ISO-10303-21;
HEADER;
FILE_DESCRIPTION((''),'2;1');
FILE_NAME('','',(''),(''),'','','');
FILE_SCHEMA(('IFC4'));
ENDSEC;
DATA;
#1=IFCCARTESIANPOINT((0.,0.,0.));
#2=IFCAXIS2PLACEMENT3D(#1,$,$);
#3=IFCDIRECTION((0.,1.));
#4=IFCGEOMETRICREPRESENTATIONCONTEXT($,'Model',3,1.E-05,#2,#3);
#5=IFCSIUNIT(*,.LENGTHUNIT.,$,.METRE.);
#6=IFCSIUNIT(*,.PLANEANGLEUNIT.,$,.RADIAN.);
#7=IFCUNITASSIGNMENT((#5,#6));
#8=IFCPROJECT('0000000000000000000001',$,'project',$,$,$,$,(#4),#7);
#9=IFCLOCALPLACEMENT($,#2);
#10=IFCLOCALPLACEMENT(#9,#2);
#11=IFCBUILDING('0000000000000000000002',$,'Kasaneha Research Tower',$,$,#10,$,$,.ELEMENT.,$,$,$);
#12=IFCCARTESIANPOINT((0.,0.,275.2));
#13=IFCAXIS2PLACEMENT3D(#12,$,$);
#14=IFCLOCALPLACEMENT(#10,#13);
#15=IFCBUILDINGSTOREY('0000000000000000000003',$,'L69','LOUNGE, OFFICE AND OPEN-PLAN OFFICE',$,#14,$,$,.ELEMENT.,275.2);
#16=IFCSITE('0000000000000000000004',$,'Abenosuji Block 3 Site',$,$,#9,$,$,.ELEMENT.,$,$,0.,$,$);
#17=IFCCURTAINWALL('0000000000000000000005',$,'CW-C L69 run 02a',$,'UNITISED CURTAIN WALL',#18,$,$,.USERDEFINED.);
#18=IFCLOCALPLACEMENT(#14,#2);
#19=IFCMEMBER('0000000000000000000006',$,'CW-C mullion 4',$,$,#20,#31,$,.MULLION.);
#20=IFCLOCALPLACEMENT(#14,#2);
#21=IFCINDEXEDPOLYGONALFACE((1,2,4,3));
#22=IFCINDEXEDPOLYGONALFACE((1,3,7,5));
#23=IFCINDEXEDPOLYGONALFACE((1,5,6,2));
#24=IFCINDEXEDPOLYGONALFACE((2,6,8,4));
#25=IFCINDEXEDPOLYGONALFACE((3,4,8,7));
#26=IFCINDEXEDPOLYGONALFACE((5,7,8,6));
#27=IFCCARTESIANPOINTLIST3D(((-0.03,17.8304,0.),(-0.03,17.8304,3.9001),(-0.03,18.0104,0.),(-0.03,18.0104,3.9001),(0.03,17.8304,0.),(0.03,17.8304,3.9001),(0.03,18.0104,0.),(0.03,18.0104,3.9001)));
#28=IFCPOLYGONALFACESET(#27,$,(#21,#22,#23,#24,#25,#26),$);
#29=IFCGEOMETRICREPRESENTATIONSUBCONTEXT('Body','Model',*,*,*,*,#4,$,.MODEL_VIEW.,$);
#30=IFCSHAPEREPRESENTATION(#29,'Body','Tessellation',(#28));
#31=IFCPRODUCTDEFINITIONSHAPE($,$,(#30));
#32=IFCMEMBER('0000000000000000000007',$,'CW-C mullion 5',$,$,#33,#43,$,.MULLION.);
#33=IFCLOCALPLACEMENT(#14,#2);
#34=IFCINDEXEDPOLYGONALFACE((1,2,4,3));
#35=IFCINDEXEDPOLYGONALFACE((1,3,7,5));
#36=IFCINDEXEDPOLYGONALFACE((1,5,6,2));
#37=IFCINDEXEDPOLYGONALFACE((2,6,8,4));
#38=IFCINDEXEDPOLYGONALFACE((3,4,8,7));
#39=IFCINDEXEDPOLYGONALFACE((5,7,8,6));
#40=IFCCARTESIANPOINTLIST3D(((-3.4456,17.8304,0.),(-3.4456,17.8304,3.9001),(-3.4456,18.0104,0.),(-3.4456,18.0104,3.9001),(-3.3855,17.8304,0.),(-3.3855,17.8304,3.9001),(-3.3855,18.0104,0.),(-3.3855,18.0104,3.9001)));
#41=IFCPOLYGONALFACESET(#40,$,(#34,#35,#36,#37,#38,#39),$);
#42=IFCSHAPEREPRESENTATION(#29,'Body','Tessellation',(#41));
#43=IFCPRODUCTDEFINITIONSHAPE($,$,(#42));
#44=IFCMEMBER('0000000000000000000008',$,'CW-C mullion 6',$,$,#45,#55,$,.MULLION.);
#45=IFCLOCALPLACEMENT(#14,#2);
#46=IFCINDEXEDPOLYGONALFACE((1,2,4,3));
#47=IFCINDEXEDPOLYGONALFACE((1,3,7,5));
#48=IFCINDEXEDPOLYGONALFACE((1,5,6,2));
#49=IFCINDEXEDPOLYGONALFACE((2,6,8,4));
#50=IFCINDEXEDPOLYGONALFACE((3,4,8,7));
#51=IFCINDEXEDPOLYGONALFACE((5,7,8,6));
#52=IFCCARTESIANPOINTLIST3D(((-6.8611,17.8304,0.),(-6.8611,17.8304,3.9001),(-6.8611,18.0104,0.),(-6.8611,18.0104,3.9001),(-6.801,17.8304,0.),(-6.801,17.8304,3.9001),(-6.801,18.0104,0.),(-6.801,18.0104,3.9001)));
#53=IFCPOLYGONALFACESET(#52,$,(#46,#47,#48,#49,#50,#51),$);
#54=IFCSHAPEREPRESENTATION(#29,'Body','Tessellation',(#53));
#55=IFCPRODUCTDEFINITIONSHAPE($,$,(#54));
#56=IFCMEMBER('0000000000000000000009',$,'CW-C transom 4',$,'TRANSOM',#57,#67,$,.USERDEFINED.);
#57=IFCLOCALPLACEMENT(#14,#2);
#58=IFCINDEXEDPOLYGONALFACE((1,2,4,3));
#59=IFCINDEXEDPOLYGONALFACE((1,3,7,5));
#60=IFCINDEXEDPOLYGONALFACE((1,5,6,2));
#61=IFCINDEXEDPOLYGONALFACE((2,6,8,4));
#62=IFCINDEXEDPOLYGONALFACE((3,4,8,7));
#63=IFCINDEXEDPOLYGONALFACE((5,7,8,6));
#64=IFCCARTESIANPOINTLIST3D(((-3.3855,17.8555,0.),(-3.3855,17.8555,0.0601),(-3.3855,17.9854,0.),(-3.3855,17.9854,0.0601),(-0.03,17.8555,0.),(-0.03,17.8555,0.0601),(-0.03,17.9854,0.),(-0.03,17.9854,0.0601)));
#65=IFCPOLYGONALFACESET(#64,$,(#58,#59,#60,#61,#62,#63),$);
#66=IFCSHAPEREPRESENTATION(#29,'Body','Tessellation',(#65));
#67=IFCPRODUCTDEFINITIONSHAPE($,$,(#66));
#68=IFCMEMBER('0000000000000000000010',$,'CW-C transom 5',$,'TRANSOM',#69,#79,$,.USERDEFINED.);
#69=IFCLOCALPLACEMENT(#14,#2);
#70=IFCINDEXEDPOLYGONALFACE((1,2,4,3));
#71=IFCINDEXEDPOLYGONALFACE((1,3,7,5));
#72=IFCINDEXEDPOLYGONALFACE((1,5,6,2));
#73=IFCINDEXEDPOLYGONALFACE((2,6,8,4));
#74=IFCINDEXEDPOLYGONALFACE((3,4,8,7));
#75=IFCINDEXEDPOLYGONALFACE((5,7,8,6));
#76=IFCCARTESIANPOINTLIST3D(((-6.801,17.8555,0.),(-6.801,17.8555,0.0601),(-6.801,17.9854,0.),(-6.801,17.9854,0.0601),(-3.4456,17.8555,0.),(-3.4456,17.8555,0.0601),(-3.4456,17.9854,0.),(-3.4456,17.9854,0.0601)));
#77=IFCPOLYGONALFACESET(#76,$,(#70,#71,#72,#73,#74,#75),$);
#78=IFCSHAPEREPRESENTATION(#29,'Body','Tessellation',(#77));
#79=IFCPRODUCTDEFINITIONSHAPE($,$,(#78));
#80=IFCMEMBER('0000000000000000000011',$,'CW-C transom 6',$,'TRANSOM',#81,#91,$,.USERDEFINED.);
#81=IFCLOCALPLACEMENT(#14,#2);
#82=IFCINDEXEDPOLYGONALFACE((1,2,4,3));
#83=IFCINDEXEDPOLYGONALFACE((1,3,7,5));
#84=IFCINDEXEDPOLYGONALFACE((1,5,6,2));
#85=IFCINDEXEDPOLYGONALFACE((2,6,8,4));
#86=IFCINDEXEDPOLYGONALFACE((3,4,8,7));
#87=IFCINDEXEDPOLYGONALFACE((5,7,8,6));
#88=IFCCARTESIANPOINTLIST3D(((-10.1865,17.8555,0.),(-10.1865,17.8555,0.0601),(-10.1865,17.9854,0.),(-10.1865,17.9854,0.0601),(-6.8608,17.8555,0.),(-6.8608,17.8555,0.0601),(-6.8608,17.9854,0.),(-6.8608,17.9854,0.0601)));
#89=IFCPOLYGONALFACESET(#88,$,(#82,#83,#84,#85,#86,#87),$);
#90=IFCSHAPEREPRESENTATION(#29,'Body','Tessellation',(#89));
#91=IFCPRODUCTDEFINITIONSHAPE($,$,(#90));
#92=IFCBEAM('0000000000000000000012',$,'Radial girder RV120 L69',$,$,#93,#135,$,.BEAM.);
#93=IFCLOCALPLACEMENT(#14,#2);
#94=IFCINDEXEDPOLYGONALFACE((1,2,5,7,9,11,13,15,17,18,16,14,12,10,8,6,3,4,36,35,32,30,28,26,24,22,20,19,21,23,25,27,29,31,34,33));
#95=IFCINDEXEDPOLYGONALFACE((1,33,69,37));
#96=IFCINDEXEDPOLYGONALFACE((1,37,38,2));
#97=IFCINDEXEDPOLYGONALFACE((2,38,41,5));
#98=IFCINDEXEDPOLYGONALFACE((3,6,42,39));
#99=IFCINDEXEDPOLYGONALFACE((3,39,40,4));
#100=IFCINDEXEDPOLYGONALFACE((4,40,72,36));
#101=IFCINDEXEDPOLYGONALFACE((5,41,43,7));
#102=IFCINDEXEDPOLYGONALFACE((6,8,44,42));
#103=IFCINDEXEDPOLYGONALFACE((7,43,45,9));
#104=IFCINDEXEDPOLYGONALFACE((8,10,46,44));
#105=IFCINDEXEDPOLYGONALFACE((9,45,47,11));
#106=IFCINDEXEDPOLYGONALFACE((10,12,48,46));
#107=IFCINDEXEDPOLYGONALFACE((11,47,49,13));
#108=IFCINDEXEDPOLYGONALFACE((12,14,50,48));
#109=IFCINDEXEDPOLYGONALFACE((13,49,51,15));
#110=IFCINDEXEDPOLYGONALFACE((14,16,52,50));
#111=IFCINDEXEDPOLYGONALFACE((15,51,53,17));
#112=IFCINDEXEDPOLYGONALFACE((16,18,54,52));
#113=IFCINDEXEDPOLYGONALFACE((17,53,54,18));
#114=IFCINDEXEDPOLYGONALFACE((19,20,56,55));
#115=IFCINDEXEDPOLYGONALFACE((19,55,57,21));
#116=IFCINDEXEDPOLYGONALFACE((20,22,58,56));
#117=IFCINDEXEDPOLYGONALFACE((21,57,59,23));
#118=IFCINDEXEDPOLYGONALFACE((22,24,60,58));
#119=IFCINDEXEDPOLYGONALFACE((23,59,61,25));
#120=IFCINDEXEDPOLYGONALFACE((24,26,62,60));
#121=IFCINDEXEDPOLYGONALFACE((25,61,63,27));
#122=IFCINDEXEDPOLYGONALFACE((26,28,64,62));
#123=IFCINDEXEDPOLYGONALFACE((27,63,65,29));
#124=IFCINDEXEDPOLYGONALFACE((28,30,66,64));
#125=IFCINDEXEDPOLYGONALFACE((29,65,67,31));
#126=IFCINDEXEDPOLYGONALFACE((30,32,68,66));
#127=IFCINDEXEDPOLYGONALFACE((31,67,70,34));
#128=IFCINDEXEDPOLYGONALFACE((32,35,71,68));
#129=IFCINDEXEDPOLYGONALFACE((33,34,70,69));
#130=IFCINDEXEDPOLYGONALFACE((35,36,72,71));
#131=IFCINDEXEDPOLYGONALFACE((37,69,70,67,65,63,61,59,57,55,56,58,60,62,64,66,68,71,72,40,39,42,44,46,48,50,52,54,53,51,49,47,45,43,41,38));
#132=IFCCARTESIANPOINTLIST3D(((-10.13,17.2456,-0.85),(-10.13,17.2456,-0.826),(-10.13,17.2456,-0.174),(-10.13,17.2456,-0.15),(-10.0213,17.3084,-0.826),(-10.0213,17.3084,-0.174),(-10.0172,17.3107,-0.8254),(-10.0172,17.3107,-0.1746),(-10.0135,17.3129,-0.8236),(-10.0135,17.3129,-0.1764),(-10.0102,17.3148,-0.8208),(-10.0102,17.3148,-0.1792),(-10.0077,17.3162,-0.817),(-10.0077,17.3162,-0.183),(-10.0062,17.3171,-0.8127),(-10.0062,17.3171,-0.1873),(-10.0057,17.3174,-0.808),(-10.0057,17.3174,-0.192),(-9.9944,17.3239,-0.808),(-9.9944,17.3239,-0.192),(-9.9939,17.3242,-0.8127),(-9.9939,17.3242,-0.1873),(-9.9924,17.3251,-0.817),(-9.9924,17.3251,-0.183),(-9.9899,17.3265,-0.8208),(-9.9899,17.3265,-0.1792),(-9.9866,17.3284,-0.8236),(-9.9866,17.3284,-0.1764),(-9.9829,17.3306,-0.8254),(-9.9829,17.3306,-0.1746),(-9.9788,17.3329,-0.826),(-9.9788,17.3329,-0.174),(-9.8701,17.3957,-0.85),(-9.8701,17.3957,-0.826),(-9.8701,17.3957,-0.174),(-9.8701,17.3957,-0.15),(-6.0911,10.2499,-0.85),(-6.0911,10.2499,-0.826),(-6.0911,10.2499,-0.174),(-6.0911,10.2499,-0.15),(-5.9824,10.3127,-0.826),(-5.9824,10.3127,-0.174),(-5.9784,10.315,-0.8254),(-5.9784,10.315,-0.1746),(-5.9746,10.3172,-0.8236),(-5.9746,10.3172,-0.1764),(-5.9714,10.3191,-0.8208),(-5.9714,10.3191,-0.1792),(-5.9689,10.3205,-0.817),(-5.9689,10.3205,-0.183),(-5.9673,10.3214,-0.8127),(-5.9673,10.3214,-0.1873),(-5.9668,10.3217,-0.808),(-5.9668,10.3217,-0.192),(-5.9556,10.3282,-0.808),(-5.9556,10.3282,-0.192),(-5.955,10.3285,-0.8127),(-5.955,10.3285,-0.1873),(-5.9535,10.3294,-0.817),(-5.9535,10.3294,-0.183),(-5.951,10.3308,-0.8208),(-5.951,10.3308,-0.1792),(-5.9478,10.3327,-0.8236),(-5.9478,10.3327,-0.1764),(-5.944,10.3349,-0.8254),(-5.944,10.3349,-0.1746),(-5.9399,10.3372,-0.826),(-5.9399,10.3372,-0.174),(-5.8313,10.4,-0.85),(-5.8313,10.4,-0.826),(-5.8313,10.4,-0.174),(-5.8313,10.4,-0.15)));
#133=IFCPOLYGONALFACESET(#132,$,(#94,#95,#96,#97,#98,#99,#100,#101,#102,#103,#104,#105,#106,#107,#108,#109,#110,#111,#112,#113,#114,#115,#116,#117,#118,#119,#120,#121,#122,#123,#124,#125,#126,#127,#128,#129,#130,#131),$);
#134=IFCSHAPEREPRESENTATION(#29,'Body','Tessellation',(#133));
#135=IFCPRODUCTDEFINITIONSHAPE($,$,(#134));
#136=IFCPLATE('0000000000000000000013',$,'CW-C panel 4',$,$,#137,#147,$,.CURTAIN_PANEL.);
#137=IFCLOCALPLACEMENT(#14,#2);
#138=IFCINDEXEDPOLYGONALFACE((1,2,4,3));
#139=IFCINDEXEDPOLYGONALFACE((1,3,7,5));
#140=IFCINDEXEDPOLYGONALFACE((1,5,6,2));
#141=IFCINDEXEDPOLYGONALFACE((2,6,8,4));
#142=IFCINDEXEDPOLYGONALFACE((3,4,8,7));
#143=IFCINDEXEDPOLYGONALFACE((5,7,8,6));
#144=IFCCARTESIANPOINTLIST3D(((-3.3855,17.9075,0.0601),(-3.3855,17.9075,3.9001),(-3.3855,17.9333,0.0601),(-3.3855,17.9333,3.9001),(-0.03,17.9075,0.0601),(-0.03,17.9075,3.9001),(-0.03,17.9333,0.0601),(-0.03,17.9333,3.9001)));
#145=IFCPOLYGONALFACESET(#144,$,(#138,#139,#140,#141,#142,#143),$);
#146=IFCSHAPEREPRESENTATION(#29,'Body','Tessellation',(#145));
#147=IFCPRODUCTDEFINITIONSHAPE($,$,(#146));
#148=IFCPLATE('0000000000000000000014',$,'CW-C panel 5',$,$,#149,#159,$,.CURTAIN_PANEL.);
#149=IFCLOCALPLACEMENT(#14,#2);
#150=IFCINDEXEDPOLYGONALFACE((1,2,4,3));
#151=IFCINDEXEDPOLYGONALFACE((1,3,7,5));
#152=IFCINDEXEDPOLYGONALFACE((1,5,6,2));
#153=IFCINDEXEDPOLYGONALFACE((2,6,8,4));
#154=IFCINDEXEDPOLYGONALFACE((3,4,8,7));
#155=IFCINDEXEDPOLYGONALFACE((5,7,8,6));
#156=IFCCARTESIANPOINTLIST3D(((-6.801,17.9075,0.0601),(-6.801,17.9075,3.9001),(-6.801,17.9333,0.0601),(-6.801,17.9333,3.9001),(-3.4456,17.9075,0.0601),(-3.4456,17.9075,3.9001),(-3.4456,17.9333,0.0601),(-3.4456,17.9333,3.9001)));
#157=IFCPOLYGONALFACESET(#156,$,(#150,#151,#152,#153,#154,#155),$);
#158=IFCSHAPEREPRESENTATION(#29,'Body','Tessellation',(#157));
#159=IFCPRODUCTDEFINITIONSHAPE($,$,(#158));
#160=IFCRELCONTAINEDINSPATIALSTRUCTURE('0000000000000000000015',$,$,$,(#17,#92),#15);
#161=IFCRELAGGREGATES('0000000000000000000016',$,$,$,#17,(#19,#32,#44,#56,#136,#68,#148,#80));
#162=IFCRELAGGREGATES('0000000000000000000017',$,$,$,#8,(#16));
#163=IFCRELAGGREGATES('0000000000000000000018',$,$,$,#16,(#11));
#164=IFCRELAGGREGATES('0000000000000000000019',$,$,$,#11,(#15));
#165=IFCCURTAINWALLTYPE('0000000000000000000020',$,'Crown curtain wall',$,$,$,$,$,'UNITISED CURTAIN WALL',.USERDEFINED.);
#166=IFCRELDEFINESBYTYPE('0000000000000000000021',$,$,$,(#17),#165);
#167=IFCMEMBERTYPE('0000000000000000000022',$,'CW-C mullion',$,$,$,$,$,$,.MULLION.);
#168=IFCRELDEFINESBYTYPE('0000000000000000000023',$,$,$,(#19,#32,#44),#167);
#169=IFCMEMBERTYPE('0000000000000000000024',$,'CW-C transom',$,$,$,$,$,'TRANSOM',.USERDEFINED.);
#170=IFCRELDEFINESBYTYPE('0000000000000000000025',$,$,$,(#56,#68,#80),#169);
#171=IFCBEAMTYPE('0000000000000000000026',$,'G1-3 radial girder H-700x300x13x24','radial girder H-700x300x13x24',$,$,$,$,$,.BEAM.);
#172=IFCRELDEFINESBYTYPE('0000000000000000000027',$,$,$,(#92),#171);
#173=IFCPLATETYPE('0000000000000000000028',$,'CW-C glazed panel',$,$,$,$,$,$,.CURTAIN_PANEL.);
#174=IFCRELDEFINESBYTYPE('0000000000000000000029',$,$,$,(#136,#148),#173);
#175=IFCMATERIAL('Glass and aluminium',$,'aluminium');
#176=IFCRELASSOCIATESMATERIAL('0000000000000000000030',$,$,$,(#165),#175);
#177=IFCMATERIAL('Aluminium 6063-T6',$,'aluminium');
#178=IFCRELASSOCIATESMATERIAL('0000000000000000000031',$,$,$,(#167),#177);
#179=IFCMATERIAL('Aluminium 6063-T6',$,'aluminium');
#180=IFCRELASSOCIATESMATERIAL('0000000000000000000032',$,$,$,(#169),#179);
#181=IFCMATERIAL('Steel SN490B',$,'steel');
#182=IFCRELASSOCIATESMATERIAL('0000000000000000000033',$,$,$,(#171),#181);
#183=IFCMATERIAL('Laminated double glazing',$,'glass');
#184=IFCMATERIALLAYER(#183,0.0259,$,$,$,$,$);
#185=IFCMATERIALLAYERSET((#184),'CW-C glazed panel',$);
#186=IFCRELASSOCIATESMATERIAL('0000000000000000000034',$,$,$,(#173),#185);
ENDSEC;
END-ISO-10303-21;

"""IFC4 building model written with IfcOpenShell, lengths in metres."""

from ifc_helpers import new_model, si_unit, direction, frame, origin, origin_2d, place, context, subcontext, project, spatial, rectangle, i_section, extrude, material, layer, layer_set, material_profile, profile_set, type_object, element, aggregate, save


model = new_model("IFC4")

# Units and contexts
model_context = context("Model", 3, precision=1e-05, world=origin(), true_north=direction((0.0, 1.0)))
body_context = subcontext(model_context, "Body", "Model", "MODEL_VIEW")
ifc_project = project(units=[si_unit("LENGTHUNIT", "METRE"), si_unit("PLANEANGLEUNIT", "RADIAN")], contexts=[model_context])

# Site, building, storey
site_placement = place(None, origin())
site = spatial("IfcSite", under=ifc_project, at=site_placement, Name="Abenosuji Block 3 Site", CompositionType="ELEMENT", RefElevation=0.0)
building_placement = place(site_placement, origin())
building = spatial("IfcBuilding", under=site, at=building_placement, Name="Kasaneha Research Tower", CompositionType="ELEMENT")
storey_placement = place(building_placement, frame((0.0, 0.0, 275.2)))
storey = spatial("IfcBuildingStorey", under=building, at=storey_placement, Name="L69", Description="LOUNGE, OFFICE AND OPEN-PLAN OFFICE", CompositionType="ELEMENT", Elevation=275.2)

# Curtain wall, members
ifc_material_1 = material(Name="Glass and aluminium", Category="aluminium")
curtain_wall_type = type_object("IfcCurtainWallType", Name="Crown curtain wall", ElementType="UNITISED CURTAIN WALL", PredefinedType="USERDEFINED", material=ifc_material_1)
curtain_wall_placement = place(storey_placement, origin())
curtain_wall = element("IfcCurtainWall", 1, at=curtain_wall_placement, inside=storey, type_object=curtain_wall_type, Name="CW-C L69 run 02a", ObjectType="UNITISED CURTAIN WALL", PredefinedType="USERDEFINED")
ifc_material_2 = material(Name="Aluminium 6063-T6", Category="aluminium")
ifc_material_profile_1 = material_profile(ifc_material_2, rectangle(XDim=0.0601, YDim=0.1799, at=origin_2d()), Name="CW-C mullion 60x180")
ifc_profile_set_1 = profile_set([ifc_material_profile_1], Name="Aluminium 6063-T6")
member_type_1 = type_object("IfcMemberType", Name="CW-C mullion", PredefinedType="MULLION", material=ifc_profile_set_1)
member_1_placement = place(storey_placement, frame((0.0, 17.9204, 0.0), z_axis=(0.0, 0.0, 1.0), x_axis=(-1.0, 0.0, 0.0)))
member_1 = element("IfcMember", 2, at=member_1_placement, type_object=member_type_1, Name="CW-C mullion 4", PredefinedType="MULLION", context=body_context, shape_type="SweptSolid", body=[
    extrude(rectangle(XDim=0.0601, YDim=0.1799, at=origin_2d()), origin(), (0.0, 0.0, 1.0), 3.9001),
])
member_2_placement = place(storey_placement, frame((-3.4155, 17.9204, 0.0), z_axis=(0.0, 0.0, 1.0), x_axis=(-1.0, 0.0, 0.0)))
member_2 = element("IfcMember", 3, at=member_2_placement, type_object=member_type_1, Name="CW-C mullion 5", PredefinedType="MULLION", context=body_context, shape_type="SweptSolid", body=[
    extrude(rectangle(XDim=0.0601, YDim=0.1799, at=origin_2d()), origin(), (0.0, 0.0, 1.0), 3.9001),
])
member_3_placement = place(storey_placement, frame((-6.8311, 17.9204, 0.0), z_axis=(0.0, 0.0, 1.0), x_axis=(-1.0, 0.0, 0.0)))
member_3 = element("IfcMember", 4, at=member_3_placement, type_object=member_type_1, Name="CW-C mullion 6", PredefinedType="MULLION", context=body_context, shape_type="SweptSolid", body=[
    extrude(rectangle(XDim=0.0601, YDim=0.1799, at=origin_2d()), origin(), (0.0, 0.0, 1.0), 3.9001),
])
ifc_material_3 = material(Name="Aluminium 6063-T6", Category="aluminium")
ifc_material_profile_2 = material_profile(ifc_material_3, rectangle(XDim=0.1299, YDim=0.0601, at=origin_2d()), Name="CW-C transom 130x60")
ifc_profile_set_2 = profile_set([ifc_material_profile_2], Name="Aluminium 6063-T6")
member_type_2 = type_object("IfcMemberType", Name="CW-C transom", ElementType="TRANSOM", PredefinedType="USERDEFINED", material=ifc_profile_set_2)
member_4_placement = place(storey_placement, frame((-0.03, 17.9204, 0.03), z_axis=(-1.0, 0.0, 0.0), x_axis=(0.0, -1.0, 0.0)))
member_4 = element("IfcMember", 5, at=member_4_placement, type_object=member_type_2, Name="CW-C transom 4", ObjectType="TRANSOM", PredefinedType="USERDEFINED", context=body_context, shape_type="SweptSolid", body=[
    extrude(rectangle(XDim=0.1299, YDim=0.0601, at=origin_2d()), origin(), (0.0, 0.0, 1.0), 3.3555),
])
member_5_placement = place(storey_placement, frame((-3.4456, 17.9204, 0.03), z_axis=(-1.0, 0.0, 0.0), x_axis=(0.0, -1.0, 0.0)))
member_5 = element("IfcMember", 6, at=member_5_placement, type_object=member_type_2, Name="CW-C transom 5", ObjectType="TRANSOM", PredefinedType="USERDEFINED", context=body_context, shape_type="SweptSolid", body=[
    extrude(rectangle(XDim=0.1299, YDim=0.0601, at=origin_2d()), origin(), (0.0, 0.0, 1.0), 3.3555),
])
member_6_placement = place(storey_placement, frame((-6.8608, 17.9204, 0.03), z_axis=(-1.0, 0.0, 0.0), x_axis=(0.0, -1.0, 0.0)))
member_6 = element("IfcMember", 7, at=member_6_placement, type_object=member_type_2, Name="CW-C transom 6", ObjectType="TRANSOM", PredefinedType="USERDEFINED", context=body_context, shape_type="SweptSolid", body=[
    extrude(rectangle(XDim=0.1299, YDim=0.0601, at=origin_2d()), origin(), (0.0, 0.0, 1.0), 3.3257),
])

# Beam
ifc_material_4 = material(Name="Steel SN490B", Category="steel")
ifc_material_profile_3 = material_profile(ifc_material_4, i_section(OverallWidth=0.3, OverallDepth=0.7, WebThickness=0.0129, FlangeThickness=0.0239, FilletRadius=0.0181, at=origin_2d()), Name="H-700x300x13x24")
ifc_profile_set_3 = profile_set([ifc_material_profile_3], Name="Steel SN490B")
beam_type = type_object("IfcBeamType", Name="G1-3 radial girder H-700x300x13x24", Description="radial girder H-700x300x13x24", PredefinedType="BEAM", material=ifc_profile_set_3)
beam_placement = place(storey_placement, frame((-5.9612, 10.325, -0.5), z_axis=(-0.499991, 0.866031, 0.0), x_axis=(-0.866031, -0.499991, 0.0)))
element("IfcBeam", 8, at=beam_placement, inside=storey, type_object=beam_type, Name="Radial girder RV120 L69", PredefinedType="BEAM", context=body_context, shape_type="SweptSolid", body=[
    extrude(i_section(OverallWidth=0.3, OverallDepth=0.7, WebThickness=0.0129, FlangeThickness=0.0239, FilletRadius=0.0181, at=origin_2d()), origin(), (0.0, 0.0, 1.0), 8.0779),
])

# Plates
ifc_material_5 = material(Name="Laminated double glazing", Category="glass")
ifc_layer_1 = layer(ifc_material_5, 0.0259)
ifc_layer_set_1 = layer_set([ifc_layer_1], Name="CW-C glazed panel")
plate_type = type_object("IfcPlateType", Name="CW-C glazed panel", PredefinedType="CURTAIN_PANEL", material=ifc_layer_set_1)
plate_1_placement = place(storey_placement, frame((-1.7078, 17.9204, 0.0601), z_axis=(0.0, 0.0, 1.0), x_axis=(-1.0, 0.0, 0.0)))
plate_1 = element("IfcPlate", 9, at=plate_1_placement, type_object=plate_type, Name="CW-C panel 4", PredefinedType="CURTAIN_PANEL", context=body_context, shape_type="SweptSolid", body=[
    extrude(rectangle(XDim=3.3555, YDim=0.0259, at=origin_2d()), origin(), (0.0, 0.0, 1.0), 3.8401),
])
plate_2_placement = place(storey_placement, frame((-5.1233, 17.9204, 0.0601), z_axis=(0.0, 0.0, 1.0), x_axis=(-1.0, 0.0, 0.0)))
plate_2 = element("IfcPlate", 10, at=plate_2_placement, type_object=plate_type, Name="CW-C panel 5", PredefinedType="CURTAIN_PANEL", context=body_context, shape_type="SweptSolid", body=[
    extrude(rectangle(XDim=3.3555, YDim=0.0259, at=origin_2d()), origin(), (0.0, 0.0, 1.0), 3.8401),
])
aggregate(curtain_wall, [member_1, member_2, member_3, member_4, plate_1, member_5, plate_2, member_6])

save(model, "model.ifc")
